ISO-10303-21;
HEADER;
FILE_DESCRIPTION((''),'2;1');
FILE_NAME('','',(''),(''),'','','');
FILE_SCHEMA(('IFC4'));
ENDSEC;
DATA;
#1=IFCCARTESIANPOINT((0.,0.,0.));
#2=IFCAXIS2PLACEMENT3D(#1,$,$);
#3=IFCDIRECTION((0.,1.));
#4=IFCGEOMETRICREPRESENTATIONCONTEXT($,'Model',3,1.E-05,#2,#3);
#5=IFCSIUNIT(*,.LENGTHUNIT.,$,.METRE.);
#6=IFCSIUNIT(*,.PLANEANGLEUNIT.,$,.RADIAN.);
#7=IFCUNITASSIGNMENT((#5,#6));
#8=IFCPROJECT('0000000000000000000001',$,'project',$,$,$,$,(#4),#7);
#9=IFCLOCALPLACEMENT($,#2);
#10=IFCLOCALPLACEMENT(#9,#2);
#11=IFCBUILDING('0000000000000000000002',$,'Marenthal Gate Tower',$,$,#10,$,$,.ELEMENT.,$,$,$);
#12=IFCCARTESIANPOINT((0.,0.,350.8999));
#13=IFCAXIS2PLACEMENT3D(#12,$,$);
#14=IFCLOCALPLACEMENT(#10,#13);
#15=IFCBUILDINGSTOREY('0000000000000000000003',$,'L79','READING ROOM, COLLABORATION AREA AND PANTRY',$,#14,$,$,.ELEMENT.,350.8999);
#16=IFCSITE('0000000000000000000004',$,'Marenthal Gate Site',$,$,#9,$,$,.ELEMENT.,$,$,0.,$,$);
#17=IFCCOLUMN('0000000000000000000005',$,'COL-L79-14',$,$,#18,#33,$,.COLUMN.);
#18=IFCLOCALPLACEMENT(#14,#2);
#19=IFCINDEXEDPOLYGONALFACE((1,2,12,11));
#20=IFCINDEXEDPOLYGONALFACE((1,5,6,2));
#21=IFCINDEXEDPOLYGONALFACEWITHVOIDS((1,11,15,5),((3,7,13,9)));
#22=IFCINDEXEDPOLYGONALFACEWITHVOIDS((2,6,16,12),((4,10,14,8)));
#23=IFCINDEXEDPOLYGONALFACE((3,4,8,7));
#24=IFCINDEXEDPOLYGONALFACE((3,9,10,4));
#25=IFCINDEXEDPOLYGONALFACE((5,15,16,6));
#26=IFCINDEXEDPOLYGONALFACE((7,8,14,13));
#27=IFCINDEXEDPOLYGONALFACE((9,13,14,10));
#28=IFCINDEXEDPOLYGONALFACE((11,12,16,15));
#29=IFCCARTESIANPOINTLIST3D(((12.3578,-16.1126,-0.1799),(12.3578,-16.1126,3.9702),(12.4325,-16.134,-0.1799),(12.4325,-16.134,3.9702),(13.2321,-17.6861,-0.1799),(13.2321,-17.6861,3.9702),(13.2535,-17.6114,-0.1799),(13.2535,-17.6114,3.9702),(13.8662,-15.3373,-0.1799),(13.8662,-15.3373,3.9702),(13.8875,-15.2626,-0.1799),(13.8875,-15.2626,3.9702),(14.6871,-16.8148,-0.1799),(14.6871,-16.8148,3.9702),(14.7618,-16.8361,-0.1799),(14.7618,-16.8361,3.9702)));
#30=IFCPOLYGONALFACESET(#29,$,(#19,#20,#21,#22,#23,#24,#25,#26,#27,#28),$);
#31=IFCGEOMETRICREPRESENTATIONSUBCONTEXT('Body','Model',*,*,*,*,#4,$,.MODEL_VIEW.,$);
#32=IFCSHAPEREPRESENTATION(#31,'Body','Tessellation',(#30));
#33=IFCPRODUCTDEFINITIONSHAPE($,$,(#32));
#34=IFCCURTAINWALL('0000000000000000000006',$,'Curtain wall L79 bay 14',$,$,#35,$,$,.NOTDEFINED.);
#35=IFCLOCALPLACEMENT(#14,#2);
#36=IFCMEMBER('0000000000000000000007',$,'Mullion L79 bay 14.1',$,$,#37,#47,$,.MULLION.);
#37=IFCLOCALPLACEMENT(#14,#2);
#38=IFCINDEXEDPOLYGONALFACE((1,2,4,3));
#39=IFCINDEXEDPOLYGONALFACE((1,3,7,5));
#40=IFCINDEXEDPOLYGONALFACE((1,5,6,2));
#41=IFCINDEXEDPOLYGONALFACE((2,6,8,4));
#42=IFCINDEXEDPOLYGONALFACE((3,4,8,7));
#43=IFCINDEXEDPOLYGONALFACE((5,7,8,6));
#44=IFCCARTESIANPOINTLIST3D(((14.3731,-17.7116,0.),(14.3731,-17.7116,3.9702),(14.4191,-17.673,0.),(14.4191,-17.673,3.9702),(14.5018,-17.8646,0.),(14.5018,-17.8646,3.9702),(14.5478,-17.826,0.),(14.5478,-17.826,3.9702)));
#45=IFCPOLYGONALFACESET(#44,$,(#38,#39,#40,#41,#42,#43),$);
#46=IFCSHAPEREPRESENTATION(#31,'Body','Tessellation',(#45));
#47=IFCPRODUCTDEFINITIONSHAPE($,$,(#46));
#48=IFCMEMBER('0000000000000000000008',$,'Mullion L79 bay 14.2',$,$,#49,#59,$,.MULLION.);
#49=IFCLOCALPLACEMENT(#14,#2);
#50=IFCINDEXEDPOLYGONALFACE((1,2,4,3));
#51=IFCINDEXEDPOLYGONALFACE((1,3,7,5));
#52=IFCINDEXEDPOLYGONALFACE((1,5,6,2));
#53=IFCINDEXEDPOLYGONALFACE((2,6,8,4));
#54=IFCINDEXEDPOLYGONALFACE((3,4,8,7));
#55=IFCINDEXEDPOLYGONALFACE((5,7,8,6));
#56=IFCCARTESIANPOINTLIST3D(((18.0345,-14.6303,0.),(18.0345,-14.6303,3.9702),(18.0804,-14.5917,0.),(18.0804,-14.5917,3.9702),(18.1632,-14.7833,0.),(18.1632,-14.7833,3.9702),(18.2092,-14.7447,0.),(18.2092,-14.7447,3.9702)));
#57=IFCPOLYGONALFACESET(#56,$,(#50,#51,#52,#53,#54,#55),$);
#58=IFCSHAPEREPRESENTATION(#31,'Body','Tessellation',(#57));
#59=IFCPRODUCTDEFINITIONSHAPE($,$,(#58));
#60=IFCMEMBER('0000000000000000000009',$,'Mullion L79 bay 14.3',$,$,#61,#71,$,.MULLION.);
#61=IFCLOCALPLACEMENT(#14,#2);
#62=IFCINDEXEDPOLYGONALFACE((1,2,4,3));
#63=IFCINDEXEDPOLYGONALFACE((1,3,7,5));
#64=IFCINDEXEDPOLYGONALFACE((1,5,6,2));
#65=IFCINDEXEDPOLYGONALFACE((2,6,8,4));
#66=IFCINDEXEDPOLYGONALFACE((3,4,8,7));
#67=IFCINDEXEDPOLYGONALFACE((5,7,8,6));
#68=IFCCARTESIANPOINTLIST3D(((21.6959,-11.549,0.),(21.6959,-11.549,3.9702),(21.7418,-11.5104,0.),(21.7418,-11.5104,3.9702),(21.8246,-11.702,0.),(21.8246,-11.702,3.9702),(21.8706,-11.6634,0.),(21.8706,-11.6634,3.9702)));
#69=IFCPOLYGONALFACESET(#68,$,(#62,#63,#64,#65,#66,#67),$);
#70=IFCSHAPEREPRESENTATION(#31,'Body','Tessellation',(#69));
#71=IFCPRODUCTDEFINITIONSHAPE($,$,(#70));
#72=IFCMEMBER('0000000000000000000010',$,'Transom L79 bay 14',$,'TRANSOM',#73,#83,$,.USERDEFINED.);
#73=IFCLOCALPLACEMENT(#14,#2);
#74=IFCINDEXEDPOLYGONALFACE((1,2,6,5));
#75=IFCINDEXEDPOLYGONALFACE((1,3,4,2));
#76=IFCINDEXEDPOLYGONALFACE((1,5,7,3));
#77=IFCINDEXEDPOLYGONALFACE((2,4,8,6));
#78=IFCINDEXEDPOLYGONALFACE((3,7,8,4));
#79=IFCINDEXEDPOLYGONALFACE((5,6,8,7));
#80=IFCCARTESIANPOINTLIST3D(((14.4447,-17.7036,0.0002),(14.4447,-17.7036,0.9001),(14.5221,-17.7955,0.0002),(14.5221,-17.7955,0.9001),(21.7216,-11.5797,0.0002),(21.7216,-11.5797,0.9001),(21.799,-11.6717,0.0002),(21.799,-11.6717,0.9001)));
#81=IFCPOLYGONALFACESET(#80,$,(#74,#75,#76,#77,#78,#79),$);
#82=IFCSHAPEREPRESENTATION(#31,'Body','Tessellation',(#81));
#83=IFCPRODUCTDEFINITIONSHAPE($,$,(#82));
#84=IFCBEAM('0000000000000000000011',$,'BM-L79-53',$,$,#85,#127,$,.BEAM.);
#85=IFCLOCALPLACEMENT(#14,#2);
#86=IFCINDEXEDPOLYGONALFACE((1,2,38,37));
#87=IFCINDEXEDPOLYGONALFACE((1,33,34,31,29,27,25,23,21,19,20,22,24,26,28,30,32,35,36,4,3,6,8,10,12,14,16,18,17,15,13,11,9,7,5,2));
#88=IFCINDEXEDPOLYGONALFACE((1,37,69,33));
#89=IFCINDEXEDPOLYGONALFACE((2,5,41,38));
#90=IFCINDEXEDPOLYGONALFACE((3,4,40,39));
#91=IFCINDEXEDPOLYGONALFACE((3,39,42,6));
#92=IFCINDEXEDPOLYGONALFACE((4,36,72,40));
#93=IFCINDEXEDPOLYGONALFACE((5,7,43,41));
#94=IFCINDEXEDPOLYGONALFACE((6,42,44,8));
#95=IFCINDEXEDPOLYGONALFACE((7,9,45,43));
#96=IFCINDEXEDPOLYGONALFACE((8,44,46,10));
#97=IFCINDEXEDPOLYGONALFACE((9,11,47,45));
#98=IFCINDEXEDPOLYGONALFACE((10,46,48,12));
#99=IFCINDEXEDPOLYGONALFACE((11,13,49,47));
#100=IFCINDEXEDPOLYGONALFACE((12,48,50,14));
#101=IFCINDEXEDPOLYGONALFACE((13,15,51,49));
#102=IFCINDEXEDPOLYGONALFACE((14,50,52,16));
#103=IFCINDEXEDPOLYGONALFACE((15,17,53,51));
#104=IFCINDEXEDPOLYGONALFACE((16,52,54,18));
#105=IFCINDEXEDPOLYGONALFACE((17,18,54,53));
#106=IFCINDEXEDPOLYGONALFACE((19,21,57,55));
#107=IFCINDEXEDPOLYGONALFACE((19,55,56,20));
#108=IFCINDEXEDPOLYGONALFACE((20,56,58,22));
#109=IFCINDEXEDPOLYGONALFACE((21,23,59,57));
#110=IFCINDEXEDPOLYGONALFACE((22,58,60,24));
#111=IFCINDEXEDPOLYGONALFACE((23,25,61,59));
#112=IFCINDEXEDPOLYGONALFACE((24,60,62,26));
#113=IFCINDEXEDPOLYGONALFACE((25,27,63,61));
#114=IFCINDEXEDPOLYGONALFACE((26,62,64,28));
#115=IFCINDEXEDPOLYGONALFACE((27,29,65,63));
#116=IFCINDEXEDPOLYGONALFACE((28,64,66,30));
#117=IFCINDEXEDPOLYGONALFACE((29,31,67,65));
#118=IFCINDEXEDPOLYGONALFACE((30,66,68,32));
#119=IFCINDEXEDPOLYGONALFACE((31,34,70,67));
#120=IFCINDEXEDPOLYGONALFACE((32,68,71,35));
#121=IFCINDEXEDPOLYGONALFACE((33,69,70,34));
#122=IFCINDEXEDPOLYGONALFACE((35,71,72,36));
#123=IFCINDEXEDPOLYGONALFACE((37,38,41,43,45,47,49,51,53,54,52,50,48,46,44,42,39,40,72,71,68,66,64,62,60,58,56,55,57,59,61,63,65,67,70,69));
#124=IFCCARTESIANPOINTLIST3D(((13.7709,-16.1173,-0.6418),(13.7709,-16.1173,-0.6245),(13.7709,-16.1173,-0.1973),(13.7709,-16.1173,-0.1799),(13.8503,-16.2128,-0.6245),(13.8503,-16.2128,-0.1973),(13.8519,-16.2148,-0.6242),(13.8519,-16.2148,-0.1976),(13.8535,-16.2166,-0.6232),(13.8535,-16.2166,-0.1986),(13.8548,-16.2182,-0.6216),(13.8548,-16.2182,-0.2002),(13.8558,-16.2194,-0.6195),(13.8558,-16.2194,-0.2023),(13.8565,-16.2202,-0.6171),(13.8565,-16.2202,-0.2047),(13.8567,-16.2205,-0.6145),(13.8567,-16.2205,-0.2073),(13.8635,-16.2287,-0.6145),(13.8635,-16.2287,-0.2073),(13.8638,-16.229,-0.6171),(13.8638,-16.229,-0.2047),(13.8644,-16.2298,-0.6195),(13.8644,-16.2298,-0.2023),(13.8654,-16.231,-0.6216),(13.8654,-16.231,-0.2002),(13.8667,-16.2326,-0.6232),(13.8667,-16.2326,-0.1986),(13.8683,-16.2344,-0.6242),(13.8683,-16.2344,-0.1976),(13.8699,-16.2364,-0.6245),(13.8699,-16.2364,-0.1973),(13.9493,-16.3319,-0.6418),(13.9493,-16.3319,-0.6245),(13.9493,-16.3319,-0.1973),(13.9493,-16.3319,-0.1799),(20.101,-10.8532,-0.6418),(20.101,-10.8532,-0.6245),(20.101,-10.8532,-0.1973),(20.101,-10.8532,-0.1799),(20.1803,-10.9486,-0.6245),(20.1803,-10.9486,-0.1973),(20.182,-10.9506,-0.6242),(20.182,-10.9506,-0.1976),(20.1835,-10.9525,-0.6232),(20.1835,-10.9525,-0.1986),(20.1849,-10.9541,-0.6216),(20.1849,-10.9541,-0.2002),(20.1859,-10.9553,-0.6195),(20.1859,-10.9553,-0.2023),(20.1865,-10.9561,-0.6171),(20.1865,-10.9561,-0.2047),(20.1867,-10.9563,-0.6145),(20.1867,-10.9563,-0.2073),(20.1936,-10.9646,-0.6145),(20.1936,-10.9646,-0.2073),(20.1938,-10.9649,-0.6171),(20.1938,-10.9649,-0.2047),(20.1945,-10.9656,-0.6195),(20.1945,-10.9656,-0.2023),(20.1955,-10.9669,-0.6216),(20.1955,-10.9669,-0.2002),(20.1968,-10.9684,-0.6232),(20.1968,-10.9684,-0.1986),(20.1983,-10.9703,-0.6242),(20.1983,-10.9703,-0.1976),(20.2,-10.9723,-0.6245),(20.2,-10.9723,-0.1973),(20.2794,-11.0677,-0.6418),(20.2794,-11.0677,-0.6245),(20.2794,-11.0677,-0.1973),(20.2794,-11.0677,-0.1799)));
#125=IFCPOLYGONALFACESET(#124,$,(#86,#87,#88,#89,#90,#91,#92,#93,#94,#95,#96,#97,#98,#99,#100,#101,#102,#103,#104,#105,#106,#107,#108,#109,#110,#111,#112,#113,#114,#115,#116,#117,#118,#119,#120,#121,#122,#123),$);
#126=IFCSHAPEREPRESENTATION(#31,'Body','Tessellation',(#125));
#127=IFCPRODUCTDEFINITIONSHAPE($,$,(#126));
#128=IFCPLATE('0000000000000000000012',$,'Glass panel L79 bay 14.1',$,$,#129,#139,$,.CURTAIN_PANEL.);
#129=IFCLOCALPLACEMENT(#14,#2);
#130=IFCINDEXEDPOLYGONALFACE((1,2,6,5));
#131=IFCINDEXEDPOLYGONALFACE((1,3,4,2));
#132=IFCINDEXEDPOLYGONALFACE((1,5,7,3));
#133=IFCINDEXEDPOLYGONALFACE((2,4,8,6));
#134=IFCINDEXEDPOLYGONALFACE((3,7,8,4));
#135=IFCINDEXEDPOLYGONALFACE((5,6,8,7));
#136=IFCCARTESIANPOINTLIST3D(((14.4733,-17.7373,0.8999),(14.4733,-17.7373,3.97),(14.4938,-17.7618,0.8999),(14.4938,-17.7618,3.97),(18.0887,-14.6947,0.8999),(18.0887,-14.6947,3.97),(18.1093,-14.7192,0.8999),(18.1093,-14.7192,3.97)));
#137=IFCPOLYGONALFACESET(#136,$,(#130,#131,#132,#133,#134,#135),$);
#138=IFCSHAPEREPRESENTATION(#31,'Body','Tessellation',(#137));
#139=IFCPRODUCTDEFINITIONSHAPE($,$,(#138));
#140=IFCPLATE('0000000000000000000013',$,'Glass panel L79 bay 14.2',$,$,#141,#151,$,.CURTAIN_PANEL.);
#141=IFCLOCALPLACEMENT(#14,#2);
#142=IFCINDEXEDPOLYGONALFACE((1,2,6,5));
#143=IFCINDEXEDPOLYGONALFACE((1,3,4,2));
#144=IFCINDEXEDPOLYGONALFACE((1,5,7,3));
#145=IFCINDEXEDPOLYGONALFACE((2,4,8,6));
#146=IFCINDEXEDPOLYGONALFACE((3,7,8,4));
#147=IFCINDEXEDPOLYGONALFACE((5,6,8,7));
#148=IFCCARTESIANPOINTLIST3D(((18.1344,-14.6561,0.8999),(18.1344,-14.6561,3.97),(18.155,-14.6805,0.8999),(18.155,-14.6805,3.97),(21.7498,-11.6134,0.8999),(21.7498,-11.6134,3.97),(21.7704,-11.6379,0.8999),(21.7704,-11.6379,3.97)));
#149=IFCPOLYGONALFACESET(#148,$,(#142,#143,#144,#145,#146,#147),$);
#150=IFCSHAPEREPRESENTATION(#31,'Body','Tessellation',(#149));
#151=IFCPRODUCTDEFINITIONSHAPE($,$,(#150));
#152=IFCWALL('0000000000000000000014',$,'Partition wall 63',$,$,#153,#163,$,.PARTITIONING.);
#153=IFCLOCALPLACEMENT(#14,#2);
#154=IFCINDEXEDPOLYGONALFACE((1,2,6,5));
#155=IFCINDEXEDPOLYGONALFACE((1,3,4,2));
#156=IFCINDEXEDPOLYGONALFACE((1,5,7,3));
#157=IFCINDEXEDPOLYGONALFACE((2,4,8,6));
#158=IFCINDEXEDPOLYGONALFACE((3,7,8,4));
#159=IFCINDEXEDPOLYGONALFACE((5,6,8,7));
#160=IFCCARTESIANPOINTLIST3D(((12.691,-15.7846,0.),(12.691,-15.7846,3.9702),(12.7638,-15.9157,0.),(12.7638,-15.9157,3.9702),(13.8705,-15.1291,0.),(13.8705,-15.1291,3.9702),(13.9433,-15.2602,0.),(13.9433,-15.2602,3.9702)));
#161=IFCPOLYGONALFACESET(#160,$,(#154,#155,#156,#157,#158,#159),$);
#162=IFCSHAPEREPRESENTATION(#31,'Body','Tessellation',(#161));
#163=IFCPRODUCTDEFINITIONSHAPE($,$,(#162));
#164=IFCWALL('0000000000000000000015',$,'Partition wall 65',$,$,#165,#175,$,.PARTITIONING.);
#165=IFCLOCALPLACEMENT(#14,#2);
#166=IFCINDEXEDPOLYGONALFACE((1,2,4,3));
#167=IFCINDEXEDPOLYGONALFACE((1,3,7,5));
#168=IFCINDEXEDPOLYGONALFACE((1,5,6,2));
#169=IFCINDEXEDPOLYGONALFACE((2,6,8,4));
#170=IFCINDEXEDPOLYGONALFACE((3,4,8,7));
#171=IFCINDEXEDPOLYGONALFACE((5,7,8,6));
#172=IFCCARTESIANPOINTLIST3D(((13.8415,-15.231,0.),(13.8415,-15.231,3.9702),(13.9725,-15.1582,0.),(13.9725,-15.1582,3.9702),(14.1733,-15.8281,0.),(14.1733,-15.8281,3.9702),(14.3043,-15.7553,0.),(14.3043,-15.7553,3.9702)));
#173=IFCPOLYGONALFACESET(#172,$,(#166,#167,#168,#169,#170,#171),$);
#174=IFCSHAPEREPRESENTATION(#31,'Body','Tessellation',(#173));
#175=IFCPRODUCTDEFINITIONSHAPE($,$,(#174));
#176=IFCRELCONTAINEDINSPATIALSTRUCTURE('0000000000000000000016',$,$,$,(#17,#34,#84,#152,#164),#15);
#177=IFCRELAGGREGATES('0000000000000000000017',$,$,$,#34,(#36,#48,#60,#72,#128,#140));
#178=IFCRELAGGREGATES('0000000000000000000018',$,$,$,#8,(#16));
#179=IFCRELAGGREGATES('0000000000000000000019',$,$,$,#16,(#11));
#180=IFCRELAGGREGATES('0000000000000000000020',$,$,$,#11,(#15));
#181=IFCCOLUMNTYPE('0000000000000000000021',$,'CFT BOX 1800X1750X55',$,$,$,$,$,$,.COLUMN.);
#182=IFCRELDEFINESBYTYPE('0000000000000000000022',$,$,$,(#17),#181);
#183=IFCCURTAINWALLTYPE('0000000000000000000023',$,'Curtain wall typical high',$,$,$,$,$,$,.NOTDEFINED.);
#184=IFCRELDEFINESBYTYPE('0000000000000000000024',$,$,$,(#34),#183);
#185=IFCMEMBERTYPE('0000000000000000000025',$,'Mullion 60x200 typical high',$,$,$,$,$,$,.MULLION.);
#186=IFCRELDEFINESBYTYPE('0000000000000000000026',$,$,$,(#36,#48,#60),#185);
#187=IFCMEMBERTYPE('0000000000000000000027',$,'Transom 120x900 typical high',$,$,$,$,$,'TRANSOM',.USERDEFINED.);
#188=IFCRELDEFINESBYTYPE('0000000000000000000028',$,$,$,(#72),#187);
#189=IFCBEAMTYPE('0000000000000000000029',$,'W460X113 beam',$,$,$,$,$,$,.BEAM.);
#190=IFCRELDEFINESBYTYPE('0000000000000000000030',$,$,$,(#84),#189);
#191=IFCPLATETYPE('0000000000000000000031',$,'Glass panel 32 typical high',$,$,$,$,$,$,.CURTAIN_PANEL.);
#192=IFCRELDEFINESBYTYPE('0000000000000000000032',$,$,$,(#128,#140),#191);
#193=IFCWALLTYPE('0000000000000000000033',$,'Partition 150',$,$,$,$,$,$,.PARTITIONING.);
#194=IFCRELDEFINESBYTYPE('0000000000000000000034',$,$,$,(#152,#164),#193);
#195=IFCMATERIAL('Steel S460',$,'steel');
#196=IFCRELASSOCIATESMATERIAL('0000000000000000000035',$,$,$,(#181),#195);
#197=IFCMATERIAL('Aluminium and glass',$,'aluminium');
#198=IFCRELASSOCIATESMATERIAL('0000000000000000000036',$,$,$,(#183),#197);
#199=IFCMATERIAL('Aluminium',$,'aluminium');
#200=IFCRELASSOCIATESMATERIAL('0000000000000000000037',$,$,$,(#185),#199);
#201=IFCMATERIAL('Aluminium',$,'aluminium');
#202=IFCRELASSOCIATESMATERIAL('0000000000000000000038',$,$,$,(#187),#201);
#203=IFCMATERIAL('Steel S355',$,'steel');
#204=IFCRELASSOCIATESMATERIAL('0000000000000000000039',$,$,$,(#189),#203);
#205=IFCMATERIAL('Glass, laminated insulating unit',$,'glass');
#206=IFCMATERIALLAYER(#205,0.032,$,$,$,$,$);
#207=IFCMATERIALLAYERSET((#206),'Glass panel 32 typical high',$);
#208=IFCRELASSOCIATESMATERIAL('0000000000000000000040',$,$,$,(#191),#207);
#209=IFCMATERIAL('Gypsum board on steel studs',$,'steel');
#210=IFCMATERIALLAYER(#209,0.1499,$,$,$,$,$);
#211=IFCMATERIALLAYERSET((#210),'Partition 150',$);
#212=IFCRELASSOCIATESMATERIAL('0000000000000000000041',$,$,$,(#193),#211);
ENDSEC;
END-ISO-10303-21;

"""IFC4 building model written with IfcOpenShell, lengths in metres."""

from ifc_helpers import new_model, si_unit, direction, frame, frame_2d, origin, origin_2d, place, context, subcontext, project, spatial, rectangle, hollow_rectangle, i_section, extrude, material, layer, layer_set, material_profile, profile_set, type_object, element, aggregate, save


model = new_model("IFC4")

# Units and contexts
model_context = context("Model", 3, precision=1e-05, world=origin(), true_north=direction((0.0, 1.0)))
body_context = subcontext(model_context, "Body", "Model", "MODEL_VIEW")
ifc_project = project(units=[si_unit("LENGTHUNIT", "METRE"), si_unit("PLANEANGLEUNIT", "RADIAN")], contexts=[model_context])

# Site, building, storey
site_placement = place(None, origin())
site = spatial("IfcSite", under=ifc_project, at=site_placement, Name="Marenthal Gate Site", CompositionType="ELEMENT", RefElevation=0.0)
building_placement = place(site_placement, origin())
building = spatial("IfcBuilding", under=site, at=building_placement, Name="Marenthal Gate Tower", CompositionType="ELEMENT")
storey_placement = place(building_placement, frame((0.0, 0.0, 350.8999)))
storey = spatial("IfcBuildingStorey", under=building, at=storey_placement, Name="L79", Description="READING ROOM, COLLABORATION AREA AND PANTRY", CompositionType="ELEMENT", Elevation=350.8999)

# Column
ifc_material_1 = material(Name="Steel S460", Category="steel")
ifc_material_profile_1 = material_profile(ifc_material_1, hollow_rectangle(XDim=1.75, YDim=1.8, WallThickness=0.0549, at=origin_2d()), Name="CFT BOX 1800X1750X55")
ifc_material_2 = material(Name="Concrete 70 MPa", Category="concrete")
ifc_material_profile_2 = material_profile(ifc_material_2, rectangle(XDim=1.6399, YDim=1.6899, at=origin_2d()), Name="CFT BOX 1800X1750X55 INFILL")
ifc_profile_set_1 = profile_set([ifc_material_profile_1, ifc_material_profile_2], Name="Steel S460 shell, Concrete 70 MPa infill")
column_type = type_object("IfcColumnType", Name="CFT BOX 1800X1750X55", PredefinedType="COLUMN", material=ifc_profile_set_1)
column_placement = place(storey_placement, frame((13.5598, -16.4744, -0.1799), z_axis=(0.0, 0.0, 1.0), x_axis=(-0.874116, -0.485718, 0.0)))
element("IfcColumn", 1, at=column_placement, inside=storey, type_object=column_type, Name="COL-L79-14", PredefinedType="COLUMN", context=body_context, shape_type="SweptSolid", body=[
    extrude(hollow_rectangle(XDim=1.75, YDim=1.8, WallThickness=0.0549, at=origin_2d()), origin(), (0.0, 0.0, 1.0), 4.1501),
])

# Curtain wall, members
ifc_material_3 = material(Name="Aluminium and glass", Category="aluminium")
curtain_wall_type = type_object("IfcCurtainWallType", Name="Curtain wall typical high", PredefinedType="NOTDEFINED", material=ifc_material_3)
curtain_wall_placement = place(storey_placement, origin())
curtain_wall = element("IfcCurtainWall", 2, at=curtain_wall_placement, inside=storey, type_object=curtain_wall_type, Name="Curtain wall L79 bay 14", PredefinedType="NOTDEFINED")
ifc_material_4 = material(Name="Aluminium", Category="aluminium")
ifc_material_profile_3 = material_profile(ifc_material_4, rectangle(XDim=0.2, YDim=0.0601, at=origin_2d()), Name="60x200 aluminium mullion")
ifc_profile_set_2 = profile_set([ifc_material_profile_3], Name="Aluminium")
member_type_1 = type_object("IfcMemberType", Name="Mullion 60x200 typical high", PredefinedType="MULLION", material=ifc_profile_set_2)
member_1_placement = place(storey_placement, frame((14.4604, -17.7688, 0.0), z_axis=(0.0, 0.0, 1.0), x_axis=(-0.643896, 0.765113, 0.0)))
member_1 = element("IfcMember", 3, at=member_1_placement, type_object=member_type_1, Name="Mullion L79 bay 14.1", PredefinedType="MULLION", context=body_context, shape_type="SweptSolid", body=[
    extrude(rectangle(XDim=0.2, YDim=0.0601, at=origin_2d()), origin(), (0.0, 0.0, 1.0), 3.9702),
])
member_2_placement = place(storey_placement, frame((18.1218, -14.6875, 0.0), z_axis=(0.0, 0.0, 1.0), x_axis=(-0.643896, 0.765113, 0.0)))
member_2 = element("IfcMember", 4, at=member_2_placement, type_object=member_type_1, Name="Mullion L79 bay 14.2", PredefinedType="MULLION", context=body_context, shape_type="SweptSolid", body=[
    extrude(rectangle(XDim=0.2, YDim=0.0601, at=origin_2d()), origin(), (0.0, 0.0, 1.0), 3.9702),
])
member_3_placement = place(storey_placement, frame((21.7832, -11.6062, 0.0), z_axis=(0.0, 0.0, 1.0), x_axis=(-0.643896, 0.765113, 0.0)))
member_3 = element("IfcMember", 5, at=member_3_placement, type_object=member_type_1, Name="Mullion L79 bay 14.3", PredefinedType="MULLION", context=body_context, shape_type="SweptSolid", body=[
    extrude(rectangle(XDim=0.2, YDim=0.0601, at=origin_2d()), origin(), (0.0, 0.0, 1.0), 3.9702),
])
ifc_material_5 = material(Name="Aluminium", Category="aluminium")
ifc_material_profile_4 = material_profile(ifc_material_5, rectangle(XDim=0.1201, YDim=0.8999, at=origin_2d()), Name="120x900 aluminium transom")
ifc_profile_set_3 = profile_set([ifc_material_profile_4], Name="Aluminium")
member_type_2 = type_object("IfcMemberType", Name="Transom 120x900 typical high", ElementType="TRANSOM", PredefinedType="USERDEFINED", material=ifc_profile_set_3)
member_4_placement = place(storey_placement, frame((14.4834, -17.7495, 0.4502), z_axis=(0.765124, 0.643884, 0.0), x_axis=(-0.643884, 0.765124, 0.0)))
member_4 = element("IfcMember", 6, at=member_4_placement, type_object=member_type_2, Name="Transom L79 bay 14", ObjectType="TRANSOM", PredefinedType="USERDEFINED", context=body_context, shape_type="SweptSolid", body=[
    extrude(rectangle(XDim=0.1201, YDim=0.8999, at=origin_2d()), origin(), (0.0, 0.0, 1.0), 9.5107),
])

# Beam
ifc_material_6 = material(Name="Steel S355", Category="steel")
ifc_material_profile_5 = material_profile(ifc_material_6, i_section(OverallWidth=0.2791, OverallDepth=0.4619, WebThickness=0.0107, FlangeThickness=0.0173, FilletRadius=0.01, at=origin_2d()), Name="W460X113")
ifc_profile_set_4 = profile_set([ifc_material_profile_5], Name="Steel S355")
beam_type = type_object("IfcBeamType", Name="W460X113 beam", PredefinedType="BEAM", material=ifc_profile_set_4)
beam_placement = place(storey_placement, frame((13.8601, -16.2246, -0.4109), z_axis=(0.768872, 0.639402, 0.0), x_axis=(-0.639402, 0.768872, 0.0)))
element("IfcBeam", 7, at=beam_placement, inside=storey, type_object=beam_type, Name="BM-L79-53", PredefinedType="BEAM", context=body_context, shape_type="SweptSolid", body=[
    extrude(i_section(OverallWidth=0.2791, OverallDepth=0.4619, WebThickness=0.0107, FlangeThickness=0.0173, FilletRadius=0.01, at=origin_2d()), origin(), (0.0, 0.0, 1.0), 8.2329),
])

# Plates
ifc_material_7 = material(Name="Glass, laminated insulating unit", Category="glass")
ifc_layer_1 = layer(ifc_material_7, 0.032)
ifc_layer_set_1 = layer_set([ifc_layer_1], Name="Glass panel 32 typical high")
plate_type = type_object("IfcPlateType", Name="Glass panel 32 typical high", PredefinedType="CURTAIN_PANEL", material=ifc_layer_set_1)
plate_1_placement = place(storey_placement, frame((16.2913, -16.2283, 0.8999), z_axis=(0.0, 0.0, 1.0), x_axis=(0.765113, 0.643896, 0.0)))
plate_1 = element("IfcPlate", 8, at=plate_1_placement, type_object=plate_type, Name="Glass panel L79 bay 14.1", PredefinedType="CURTAIN_PANEL", context=body_context, shape_type="SweptSolid", body=[
    extrude(rectangle(XDim=4.7253, YDim=0.032, at=origin_2d()), origin(), (0.0, 0.0, 1.0), 3.0701),
])
plate_2_placement = place(storey_placement, frame((19.9524, -13.147, 0.8999), z_axis=(0.0, 0.0, 1.0), x_axis=(0.765113, 0.643896, 0.0)))
plate_2 = element("IfcPlate", 9, at=plate_2_placement, type_object=plate_type, Name="Glass panel L79 bay 14.2", PredefinedType="CURTAIN_PANEL", context=body_context, shape_type="SweptSolid", body=[
    extrude(rectangle(XDim=4.7253, YDim=0.032, at=origin_2d()), origin(), (0.0, 0.0, 1.0), 3.0701),
])
aggregate(curtain_wall, [member_1, member_2, member_3, member_4, plate_1, plate_2])

# Walls
ifc_material_8 = material(Name="Gypsum board on steel studs", Category="steel")
ifc_layer_2 = layer(ifc_material_8, 0.1499)
ifc_layer_set_2 = layer_set([ifc_layer_2], Name="Partition 150")
wall_type_1 = type_object("IfcWallType", Name="Partition 150", PredefinedType="PARTITIONING", material=ifc_layer_set_2)
wall_1_placement = place(storey_placement, frame((13.907, -15.1946, 0.0), z_axis=(0.0, 0.0, 1.0), x_axis=(-0.874072, -0.485797, 0.0)))
element("IfcWall", 10, at=wall_1_placement, inside=storey, type_object=wall_type_1, Name="Partition wall 63", PredefinedType="PARTITIONING", context=body_context, shape_type="SweptSolid", body=[
    extrude(rectangle(XDim=1.3494, YDim=0.1499, at=frame_2d((0.6748, 0.0))), origin(), (0.0, 0.0, 1.0), 3.9702),
])
wall_2_placement = place(storey_placement, frame((14.2388, -15.7917, 0.0), z_axis=(0.0, 0.0, 1.0), x_axis=(-0.485673, 0.87414, 0.0)))
element("IfcWall", 11, at=wall_2_placement, inside=storey, type_object=wall_type_1, Name="Partition wall 65", PredefinedType="PARTITIONING", context=body_context, shape_type="SweptSolid", body=[
    extrude(rectangle(XDim=0.6831, YDim=0.1499, at=frame_2d((0.3416, 0.0))), origin(), (0.0, 0.0, 1.0), 3.9702),
])

save(model, "model.ifc")
